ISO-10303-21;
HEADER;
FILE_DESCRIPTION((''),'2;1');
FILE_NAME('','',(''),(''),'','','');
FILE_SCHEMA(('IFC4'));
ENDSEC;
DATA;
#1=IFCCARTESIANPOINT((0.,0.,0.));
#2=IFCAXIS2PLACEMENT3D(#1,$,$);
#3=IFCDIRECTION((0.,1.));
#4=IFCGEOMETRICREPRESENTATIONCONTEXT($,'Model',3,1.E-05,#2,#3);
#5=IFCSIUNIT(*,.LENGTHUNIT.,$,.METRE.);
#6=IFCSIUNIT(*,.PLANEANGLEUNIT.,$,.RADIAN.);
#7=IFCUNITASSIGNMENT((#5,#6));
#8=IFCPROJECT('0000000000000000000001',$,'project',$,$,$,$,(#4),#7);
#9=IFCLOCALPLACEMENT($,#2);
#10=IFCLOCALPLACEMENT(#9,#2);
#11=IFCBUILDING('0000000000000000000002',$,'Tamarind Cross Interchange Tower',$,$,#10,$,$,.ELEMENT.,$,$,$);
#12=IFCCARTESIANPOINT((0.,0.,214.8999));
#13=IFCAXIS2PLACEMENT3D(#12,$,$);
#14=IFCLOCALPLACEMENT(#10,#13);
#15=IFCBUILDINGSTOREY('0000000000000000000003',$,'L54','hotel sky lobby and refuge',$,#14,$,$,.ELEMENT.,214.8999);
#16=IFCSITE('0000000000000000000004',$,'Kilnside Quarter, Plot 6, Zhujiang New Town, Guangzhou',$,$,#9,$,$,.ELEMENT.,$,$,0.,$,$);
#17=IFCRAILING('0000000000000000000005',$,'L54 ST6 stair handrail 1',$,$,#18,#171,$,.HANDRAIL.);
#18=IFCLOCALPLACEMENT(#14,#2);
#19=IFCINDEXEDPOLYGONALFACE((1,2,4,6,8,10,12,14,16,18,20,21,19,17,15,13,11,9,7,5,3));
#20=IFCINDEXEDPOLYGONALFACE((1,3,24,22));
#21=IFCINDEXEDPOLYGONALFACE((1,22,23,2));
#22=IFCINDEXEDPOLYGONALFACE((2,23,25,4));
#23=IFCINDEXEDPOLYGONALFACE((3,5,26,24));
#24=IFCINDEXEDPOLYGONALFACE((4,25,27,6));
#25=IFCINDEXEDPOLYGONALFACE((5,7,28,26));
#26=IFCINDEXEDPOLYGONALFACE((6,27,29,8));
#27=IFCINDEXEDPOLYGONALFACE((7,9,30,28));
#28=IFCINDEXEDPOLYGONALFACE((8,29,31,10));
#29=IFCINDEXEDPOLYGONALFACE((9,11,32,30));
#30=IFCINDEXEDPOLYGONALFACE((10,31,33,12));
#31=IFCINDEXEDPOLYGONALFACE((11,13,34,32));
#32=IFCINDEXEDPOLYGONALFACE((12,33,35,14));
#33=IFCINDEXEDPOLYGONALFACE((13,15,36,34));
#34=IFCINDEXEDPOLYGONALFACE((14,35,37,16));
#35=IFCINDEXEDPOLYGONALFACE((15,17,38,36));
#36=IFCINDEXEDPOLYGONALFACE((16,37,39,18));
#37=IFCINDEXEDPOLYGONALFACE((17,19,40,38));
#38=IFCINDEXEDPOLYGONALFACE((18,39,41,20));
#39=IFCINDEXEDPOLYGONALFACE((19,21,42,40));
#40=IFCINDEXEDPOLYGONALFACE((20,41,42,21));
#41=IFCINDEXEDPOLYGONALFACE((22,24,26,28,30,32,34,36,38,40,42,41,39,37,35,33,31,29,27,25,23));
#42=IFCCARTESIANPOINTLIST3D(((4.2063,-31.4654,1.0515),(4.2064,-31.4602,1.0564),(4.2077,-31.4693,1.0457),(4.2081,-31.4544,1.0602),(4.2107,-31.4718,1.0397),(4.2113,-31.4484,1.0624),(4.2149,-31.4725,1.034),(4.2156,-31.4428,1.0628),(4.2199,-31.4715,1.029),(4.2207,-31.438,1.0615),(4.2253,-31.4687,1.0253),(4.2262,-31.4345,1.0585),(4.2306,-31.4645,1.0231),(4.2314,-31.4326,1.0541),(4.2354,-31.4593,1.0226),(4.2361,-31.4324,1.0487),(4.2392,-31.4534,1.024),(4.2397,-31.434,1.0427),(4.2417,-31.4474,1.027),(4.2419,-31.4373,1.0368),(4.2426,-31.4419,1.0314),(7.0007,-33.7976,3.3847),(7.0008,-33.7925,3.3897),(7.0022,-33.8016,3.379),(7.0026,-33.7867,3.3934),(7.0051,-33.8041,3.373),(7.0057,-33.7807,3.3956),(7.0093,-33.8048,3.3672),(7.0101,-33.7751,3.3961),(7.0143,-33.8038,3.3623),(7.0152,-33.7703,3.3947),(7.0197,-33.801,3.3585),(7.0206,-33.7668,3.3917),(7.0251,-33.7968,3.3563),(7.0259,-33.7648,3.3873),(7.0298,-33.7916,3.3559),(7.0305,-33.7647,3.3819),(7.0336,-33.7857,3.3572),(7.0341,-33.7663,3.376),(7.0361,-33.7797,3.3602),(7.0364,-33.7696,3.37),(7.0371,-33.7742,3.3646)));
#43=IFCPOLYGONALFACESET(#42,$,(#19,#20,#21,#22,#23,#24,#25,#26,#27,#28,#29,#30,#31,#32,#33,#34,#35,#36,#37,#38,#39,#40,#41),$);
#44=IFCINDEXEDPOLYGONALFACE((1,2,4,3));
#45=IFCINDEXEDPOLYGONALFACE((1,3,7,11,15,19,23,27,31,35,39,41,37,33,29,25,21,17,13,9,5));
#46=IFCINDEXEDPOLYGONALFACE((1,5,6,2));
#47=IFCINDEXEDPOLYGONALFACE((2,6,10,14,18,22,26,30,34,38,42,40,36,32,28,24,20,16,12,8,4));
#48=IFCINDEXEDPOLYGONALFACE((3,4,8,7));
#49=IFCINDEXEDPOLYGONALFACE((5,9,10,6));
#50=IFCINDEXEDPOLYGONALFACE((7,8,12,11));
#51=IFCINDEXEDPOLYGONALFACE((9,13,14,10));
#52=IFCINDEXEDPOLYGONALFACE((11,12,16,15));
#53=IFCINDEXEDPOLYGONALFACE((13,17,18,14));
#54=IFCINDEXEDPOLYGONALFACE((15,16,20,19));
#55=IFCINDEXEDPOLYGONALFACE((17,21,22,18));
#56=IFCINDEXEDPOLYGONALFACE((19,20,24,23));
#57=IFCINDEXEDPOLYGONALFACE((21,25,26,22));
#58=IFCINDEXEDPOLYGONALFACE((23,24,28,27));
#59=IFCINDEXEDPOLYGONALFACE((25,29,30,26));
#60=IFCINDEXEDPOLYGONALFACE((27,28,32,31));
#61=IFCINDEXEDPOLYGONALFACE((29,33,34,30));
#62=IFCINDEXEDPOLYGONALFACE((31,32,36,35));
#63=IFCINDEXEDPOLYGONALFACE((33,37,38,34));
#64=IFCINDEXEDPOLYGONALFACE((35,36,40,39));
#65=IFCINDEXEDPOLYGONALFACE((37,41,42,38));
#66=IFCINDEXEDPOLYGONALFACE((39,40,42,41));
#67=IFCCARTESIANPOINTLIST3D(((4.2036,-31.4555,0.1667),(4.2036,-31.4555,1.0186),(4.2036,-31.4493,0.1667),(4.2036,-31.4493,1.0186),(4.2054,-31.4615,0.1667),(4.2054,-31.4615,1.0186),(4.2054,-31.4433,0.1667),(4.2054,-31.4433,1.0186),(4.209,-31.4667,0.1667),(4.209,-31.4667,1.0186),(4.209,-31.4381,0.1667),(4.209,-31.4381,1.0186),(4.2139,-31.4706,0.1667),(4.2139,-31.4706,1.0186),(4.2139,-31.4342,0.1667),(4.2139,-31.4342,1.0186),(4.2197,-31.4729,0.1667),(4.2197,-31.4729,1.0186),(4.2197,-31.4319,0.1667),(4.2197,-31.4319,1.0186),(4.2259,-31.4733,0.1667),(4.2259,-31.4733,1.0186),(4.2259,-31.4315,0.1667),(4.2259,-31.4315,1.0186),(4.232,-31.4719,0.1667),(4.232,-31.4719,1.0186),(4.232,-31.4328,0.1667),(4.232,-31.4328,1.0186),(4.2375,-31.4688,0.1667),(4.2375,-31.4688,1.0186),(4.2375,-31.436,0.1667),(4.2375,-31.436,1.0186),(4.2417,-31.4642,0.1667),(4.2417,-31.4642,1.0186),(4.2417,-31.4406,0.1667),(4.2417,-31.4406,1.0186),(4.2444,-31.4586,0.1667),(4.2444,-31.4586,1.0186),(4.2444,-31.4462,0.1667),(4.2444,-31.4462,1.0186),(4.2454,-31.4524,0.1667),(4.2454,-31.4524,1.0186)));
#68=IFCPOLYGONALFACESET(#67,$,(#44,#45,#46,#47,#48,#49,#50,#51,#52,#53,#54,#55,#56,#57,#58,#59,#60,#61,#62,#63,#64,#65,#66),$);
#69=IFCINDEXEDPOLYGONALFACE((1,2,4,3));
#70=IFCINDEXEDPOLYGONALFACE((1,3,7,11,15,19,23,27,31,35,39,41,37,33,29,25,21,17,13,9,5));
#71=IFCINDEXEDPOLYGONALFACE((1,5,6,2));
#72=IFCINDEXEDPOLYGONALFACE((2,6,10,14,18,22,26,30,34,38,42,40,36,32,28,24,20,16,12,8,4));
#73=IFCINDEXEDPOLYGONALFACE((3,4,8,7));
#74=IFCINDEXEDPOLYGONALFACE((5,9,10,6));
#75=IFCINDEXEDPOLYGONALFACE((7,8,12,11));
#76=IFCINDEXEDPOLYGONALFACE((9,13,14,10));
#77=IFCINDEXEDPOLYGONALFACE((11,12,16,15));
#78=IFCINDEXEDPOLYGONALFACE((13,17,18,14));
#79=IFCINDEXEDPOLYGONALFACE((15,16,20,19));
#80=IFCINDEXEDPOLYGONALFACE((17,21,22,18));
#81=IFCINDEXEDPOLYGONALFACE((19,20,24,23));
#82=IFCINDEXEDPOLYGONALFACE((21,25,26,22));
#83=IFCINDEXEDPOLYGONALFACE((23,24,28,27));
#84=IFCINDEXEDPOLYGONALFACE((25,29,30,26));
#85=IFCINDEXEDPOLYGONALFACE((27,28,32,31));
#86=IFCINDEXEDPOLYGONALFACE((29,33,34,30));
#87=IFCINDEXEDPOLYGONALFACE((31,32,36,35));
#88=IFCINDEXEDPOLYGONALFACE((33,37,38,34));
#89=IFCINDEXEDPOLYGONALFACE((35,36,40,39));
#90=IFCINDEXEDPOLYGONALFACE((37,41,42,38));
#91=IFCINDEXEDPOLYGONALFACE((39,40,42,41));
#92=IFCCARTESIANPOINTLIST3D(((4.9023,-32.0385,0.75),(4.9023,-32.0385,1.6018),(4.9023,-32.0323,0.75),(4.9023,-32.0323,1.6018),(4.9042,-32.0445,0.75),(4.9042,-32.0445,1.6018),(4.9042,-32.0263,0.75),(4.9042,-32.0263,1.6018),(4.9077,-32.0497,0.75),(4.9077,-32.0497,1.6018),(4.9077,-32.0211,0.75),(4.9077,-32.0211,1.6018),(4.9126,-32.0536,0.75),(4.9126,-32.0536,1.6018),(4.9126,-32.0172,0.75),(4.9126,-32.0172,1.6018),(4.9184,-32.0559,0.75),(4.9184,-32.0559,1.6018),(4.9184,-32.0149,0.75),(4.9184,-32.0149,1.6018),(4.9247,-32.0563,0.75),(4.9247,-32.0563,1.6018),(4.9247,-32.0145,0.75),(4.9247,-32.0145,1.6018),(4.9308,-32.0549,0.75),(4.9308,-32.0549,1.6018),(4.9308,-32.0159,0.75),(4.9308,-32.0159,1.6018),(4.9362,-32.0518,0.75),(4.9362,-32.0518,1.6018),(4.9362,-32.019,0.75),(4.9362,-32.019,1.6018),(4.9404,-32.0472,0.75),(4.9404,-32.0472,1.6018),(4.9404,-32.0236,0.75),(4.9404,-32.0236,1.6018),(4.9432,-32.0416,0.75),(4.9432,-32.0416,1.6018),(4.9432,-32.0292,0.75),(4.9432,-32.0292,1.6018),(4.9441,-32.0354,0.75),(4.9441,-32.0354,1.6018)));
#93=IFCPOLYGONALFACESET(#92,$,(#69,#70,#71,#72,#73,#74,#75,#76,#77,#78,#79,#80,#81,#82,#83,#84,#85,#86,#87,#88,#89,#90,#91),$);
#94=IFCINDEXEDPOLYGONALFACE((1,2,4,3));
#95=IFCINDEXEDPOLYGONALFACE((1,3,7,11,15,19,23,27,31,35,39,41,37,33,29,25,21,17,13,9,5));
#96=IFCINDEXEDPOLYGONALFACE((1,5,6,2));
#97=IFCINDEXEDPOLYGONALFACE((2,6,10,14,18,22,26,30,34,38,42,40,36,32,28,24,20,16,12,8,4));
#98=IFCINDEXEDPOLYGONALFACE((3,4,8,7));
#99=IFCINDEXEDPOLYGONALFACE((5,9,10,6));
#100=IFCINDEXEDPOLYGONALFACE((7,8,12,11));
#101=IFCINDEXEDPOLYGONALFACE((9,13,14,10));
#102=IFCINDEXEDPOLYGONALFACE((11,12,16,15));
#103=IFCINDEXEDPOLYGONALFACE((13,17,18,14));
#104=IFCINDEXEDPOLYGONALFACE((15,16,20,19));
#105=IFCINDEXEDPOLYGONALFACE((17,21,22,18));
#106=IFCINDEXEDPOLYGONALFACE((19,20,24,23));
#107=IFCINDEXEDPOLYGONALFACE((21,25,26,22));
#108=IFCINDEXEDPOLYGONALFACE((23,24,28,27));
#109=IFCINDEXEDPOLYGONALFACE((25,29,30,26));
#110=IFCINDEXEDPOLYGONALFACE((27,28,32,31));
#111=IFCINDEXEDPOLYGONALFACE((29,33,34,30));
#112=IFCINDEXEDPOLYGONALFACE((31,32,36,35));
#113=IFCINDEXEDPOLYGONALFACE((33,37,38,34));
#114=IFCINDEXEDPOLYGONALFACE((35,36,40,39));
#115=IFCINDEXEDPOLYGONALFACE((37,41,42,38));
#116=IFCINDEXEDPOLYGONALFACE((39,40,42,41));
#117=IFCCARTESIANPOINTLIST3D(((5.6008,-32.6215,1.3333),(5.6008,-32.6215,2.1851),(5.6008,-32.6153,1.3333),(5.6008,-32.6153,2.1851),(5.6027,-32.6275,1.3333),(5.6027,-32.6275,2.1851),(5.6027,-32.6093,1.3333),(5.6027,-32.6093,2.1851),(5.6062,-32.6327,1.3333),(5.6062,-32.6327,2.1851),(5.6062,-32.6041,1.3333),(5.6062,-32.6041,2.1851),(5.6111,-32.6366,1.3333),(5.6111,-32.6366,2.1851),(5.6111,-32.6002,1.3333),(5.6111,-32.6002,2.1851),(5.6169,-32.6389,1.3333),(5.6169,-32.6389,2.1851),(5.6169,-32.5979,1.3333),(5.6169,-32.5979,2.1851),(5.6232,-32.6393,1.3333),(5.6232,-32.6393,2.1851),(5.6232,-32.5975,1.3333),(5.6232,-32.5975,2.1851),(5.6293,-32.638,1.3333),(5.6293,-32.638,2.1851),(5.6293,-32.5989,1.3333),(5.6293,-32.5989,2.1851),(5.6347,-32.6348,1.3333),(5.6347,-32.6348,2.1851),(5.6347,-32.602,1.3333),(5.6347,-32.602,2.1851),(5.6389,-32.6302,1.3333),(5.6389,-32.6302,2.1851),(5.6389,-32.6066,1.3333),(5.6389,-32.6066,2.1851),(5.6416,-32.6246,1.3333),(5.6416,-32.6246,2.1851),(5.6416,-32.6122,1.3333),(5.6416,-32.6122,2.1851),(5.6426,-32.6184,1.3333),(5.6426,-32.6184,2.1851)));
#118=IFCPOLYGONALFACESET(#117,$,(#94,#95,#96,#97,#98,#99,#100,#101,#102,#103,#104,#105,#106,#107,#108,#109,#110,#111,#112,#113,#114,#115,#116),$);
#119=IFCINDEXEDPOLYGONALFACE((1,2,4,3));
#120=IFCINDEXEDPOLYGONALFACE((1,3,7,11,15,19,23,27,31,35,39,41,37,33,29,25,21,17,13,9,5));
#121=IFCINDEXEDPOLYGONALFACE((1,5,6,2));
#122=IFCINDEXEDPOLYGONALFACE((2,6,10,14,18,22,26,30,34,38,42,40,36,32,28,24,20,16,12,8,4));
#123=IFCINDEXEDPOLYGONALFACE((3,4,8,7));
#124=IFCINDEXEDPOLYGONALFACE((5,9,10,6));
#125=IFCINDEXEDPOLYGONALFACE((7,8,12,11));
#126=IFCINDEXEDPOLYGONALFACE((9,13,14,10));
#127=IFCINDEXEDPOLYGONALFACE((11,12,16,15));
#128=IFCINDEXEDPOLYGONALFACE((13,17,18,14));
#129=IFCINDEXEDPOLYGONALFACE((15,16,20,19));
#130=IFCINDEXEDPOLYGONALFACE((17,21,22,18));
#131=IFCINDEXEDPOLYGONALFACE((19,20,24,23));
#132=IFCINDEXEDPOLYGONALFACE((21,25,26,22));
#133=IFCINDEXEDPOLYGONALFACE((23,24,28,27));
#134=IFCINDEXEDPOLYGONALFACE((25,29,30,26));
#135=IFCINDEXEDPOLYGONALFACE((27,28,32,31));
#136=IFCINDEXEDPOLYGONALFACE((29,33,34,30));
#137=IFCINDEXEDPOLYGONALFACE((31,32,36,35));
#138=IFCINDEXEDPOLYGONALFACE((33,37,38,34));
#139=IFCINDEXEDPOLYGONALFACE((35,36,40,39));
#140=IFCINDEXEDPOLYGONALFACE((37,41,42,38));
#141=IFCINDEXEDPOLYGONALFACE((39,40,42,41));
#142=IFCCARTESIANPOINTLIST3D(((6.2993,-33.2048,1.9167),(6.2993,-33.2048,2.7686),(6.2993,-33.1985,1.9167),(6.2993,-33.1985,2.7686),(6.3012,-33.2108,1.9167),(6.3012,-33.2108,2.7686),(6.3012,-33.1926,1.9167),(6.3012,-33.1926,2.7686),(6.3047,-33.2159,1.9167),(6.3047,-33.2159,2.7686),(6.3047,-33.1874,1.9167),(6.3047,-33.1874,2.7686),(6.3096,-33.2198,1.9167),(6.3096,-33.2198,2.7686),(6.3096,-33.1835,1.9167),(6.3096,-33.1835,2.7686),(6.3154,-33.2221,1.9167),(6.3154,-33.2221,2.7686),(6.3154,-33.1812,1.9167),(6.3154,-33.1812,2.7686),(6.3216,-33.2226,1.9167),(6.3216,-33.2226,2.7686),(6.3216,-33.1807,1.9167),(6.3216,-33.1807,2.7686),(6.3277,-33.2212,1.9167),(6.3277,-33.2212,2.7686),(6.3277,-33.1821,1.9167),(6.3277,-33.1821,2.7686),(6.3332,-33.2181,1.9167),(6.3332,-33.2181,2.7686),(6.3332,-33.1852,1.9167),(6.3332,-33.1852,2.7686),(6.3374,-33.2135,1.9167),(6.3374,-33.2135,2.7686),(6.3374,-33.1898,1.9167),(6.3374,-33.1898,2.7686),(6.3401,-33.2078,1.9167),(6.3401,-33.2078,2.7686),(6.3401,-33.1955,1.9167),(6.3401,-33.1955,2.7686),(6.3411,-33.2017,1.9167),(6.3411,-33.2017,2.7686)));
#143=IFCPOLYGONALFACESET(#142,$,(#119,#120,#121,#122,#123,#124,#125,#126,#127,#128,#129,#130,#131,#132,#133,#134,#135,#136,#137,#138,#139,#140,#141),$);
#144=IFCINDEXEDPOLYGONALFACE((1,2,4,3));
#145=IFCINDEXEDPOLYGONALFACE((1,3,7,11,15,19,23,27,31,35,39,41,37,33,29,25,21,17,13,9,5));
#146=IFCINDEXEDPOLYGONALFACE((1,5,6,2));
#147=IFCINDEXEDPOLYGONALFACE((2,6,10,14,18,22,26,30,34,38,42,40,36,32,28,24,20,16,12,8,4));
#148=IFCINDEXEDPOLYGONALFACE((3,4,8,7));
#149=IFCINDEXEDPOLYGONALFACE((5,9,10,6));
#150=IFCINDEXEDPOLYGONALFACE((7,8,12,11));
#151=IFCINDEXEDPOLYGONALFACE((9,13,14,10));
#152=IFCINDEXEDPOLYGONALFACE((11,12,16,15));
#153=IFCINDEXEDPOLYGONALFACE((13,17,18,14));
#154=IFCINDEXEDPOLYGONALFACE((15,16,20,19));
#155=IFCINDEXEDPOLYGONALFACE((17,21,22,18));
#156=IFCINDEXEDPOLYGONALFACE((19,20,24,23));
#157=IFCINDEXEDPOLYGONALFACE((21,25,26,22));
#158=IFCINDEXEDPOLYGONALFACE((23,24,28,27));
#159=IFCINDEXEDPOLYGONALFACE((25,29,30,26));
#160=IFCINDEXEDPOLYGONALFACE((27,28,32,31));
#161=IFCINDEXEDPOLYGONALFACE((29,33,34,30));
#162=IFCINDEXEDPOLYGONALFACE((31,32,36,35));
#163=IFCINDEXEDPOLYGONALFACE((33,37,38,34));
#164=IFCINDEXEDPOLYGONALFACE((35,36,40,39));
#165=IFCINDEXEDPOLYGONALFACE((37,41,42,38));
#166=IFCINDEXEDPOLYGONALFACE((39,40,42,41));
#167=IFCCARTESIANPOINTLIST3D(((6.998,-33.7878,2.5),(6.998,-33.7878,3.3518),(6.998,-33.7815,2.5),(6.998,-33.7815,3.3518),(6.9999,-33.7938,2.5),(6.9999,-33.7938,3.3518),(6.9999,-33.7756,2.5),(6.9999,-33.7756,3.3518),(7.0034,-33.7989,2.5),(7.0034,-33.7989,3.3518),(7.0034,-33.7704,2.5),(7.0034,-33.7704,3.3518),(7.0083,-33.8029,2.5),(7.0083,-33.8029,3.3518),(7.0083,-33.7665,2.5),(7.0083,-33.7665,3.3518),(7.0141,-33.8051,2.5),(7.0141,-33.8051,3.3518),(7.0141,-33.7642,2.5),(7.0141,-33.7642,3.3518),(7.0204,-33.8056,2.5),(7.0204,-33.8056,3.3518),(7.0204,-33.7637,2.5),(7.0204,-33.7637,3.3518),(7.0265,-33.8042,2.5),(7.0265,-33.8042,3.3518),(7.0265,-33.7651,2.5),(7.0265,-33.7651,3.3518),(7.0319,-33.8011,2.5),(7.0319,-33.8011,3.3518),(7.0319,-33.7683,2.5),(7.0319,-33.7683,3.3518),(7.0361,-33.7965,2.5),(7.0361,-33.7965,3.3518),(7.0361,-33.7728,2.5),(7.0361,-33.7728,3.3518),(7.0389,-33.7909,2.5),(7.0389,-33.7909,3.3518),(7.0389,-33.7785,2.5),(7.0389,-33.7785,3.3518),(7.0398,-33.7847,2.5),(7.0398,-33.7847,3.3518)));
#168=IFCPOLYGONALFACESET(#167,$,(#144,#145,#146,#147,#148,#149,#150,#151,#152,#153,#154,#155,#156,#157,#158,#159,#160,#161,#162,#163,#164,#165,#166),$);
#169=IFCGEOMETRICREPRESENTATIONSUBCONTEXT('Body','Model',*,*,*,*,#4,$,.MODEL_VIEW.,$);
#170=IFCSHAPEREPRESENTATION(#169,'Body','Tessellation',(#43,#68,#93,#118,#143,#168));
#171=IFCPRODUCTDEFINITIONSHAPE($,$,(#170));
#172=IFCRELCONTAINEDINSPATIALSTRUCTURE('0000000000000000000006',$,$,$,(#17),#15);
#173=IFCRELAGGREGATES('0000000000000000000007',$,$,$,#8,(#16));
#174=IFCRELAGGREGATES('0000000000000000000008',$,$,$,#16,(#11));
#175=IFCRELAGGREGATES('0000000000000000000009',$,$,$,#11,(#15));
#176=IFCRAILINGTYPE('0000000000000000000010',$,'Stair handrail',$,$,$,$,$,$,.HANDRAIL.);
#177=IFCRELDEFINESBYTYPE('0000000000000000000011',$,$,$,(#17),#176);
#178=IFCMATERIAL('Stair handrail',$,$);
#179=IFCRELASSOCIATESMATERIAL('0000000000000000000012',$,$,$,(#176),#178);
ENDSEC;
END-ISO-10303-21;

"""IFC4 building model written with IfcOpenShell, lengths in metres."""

from ifc_helpers import new_model, si_unit, direction, frame, origin, origin_2d, place, context, subcontext, project, spatial, circle, extrude, material, type_object, element, save


model = new_model("IFC4")

# Units and contexts
model_context = context("Model", 3, precision=1e-05, world=origin(), true_north=direction((0.0, 1.0)))
body_context = subcontext(model_context, "Body", "Model", "MODEL_VIEW")
ifc_project = project(units=[si_unit("LENGTHUNIT", "METRE"), si_unit("PLANEANGLEUNIT", "RADIAN")], contexts=[model_context])

# Site, building, storey
site_placement = place(None, origin())
site = spatial("IfcSite", under=ifc_project, at=site_placement, Name="Kilnside Quarter, Plot 6, Zhujiang New Town, Guangzhou", CompositionType="ELEMENT", RefElevation=0.0)
building_placement = place(site_placement, origin())
building = spatial("IfcBuilding", under=site, at=building_placement, Name="Tamarind Cross Interchange Tower", CompositionType="ELEMENT")
storey_placement = place(building_placement, frame((0.0, 0.0, 214.8999)))
storey = spatial("IfcBuildingStorey", under=building, at=storey_placement, Name="L54", Description="hotel sky lobby and refuge", CompositionType="ELEMENT", Elevation=214.8999)

# Railing
ifc_material_1 = material(Name="Stair handrail")
railing_type_1 = type_object("IfcRailingType", Name="Stair handrail", PredefinedType="HANDRAIL", material=ifc_material_1)
railing_1_placement = place(storey_placement, frame((4.2244, -31.4524, 0.1667)))
element("IfcRailing", 1, at=railing_1_placement, inside=storey, type_object=railing_type_1, Name="L54 ST6 stair handrail 1", PredefinedType="HANDRAIL", context=body_context, shape_type="SweptSolid", body=[
    extrude(circle(Radius=0.0239, at=origin_2d()), frame((0.0, 0.0, 0.876), z_axis=(0.64634, -0.539445, 0.539671), x_axis=(0.640765, 0.767737, 0.0)), (0.0, 0.0, 1.0), 4.3235),
    extrude(circle(Radius=0.021, at=origin_2d()), origin(), (0.0, 0.0, 1.0), 0.8518),
    extrude(circle(Radius=0.021, at=origin_2d()), frame((0.6987, -0.583, 0.5833)), (0.0, 0.0, 1.0), 0.8518),
    extrude(circle(Radius=0.021, at=origin_2d()), frame((1.3972, -1.166, 1.1665)), (0.0, 0.0, 1.0), 0.8518),
    extrude(circle(Radius=0.021, at=origin_2d()), frame((2.0957, -1.7493, 1.75)), (0.0, 0.0, 1.0), 0.8518),
    extrude(circle(Radius=0.021, at=origin_2d()), frame((2.7944, -2.3323, 2.3333)), (0.0, 0.0, 1.0), 0.8518),
])

save(model, "model.ifc")
